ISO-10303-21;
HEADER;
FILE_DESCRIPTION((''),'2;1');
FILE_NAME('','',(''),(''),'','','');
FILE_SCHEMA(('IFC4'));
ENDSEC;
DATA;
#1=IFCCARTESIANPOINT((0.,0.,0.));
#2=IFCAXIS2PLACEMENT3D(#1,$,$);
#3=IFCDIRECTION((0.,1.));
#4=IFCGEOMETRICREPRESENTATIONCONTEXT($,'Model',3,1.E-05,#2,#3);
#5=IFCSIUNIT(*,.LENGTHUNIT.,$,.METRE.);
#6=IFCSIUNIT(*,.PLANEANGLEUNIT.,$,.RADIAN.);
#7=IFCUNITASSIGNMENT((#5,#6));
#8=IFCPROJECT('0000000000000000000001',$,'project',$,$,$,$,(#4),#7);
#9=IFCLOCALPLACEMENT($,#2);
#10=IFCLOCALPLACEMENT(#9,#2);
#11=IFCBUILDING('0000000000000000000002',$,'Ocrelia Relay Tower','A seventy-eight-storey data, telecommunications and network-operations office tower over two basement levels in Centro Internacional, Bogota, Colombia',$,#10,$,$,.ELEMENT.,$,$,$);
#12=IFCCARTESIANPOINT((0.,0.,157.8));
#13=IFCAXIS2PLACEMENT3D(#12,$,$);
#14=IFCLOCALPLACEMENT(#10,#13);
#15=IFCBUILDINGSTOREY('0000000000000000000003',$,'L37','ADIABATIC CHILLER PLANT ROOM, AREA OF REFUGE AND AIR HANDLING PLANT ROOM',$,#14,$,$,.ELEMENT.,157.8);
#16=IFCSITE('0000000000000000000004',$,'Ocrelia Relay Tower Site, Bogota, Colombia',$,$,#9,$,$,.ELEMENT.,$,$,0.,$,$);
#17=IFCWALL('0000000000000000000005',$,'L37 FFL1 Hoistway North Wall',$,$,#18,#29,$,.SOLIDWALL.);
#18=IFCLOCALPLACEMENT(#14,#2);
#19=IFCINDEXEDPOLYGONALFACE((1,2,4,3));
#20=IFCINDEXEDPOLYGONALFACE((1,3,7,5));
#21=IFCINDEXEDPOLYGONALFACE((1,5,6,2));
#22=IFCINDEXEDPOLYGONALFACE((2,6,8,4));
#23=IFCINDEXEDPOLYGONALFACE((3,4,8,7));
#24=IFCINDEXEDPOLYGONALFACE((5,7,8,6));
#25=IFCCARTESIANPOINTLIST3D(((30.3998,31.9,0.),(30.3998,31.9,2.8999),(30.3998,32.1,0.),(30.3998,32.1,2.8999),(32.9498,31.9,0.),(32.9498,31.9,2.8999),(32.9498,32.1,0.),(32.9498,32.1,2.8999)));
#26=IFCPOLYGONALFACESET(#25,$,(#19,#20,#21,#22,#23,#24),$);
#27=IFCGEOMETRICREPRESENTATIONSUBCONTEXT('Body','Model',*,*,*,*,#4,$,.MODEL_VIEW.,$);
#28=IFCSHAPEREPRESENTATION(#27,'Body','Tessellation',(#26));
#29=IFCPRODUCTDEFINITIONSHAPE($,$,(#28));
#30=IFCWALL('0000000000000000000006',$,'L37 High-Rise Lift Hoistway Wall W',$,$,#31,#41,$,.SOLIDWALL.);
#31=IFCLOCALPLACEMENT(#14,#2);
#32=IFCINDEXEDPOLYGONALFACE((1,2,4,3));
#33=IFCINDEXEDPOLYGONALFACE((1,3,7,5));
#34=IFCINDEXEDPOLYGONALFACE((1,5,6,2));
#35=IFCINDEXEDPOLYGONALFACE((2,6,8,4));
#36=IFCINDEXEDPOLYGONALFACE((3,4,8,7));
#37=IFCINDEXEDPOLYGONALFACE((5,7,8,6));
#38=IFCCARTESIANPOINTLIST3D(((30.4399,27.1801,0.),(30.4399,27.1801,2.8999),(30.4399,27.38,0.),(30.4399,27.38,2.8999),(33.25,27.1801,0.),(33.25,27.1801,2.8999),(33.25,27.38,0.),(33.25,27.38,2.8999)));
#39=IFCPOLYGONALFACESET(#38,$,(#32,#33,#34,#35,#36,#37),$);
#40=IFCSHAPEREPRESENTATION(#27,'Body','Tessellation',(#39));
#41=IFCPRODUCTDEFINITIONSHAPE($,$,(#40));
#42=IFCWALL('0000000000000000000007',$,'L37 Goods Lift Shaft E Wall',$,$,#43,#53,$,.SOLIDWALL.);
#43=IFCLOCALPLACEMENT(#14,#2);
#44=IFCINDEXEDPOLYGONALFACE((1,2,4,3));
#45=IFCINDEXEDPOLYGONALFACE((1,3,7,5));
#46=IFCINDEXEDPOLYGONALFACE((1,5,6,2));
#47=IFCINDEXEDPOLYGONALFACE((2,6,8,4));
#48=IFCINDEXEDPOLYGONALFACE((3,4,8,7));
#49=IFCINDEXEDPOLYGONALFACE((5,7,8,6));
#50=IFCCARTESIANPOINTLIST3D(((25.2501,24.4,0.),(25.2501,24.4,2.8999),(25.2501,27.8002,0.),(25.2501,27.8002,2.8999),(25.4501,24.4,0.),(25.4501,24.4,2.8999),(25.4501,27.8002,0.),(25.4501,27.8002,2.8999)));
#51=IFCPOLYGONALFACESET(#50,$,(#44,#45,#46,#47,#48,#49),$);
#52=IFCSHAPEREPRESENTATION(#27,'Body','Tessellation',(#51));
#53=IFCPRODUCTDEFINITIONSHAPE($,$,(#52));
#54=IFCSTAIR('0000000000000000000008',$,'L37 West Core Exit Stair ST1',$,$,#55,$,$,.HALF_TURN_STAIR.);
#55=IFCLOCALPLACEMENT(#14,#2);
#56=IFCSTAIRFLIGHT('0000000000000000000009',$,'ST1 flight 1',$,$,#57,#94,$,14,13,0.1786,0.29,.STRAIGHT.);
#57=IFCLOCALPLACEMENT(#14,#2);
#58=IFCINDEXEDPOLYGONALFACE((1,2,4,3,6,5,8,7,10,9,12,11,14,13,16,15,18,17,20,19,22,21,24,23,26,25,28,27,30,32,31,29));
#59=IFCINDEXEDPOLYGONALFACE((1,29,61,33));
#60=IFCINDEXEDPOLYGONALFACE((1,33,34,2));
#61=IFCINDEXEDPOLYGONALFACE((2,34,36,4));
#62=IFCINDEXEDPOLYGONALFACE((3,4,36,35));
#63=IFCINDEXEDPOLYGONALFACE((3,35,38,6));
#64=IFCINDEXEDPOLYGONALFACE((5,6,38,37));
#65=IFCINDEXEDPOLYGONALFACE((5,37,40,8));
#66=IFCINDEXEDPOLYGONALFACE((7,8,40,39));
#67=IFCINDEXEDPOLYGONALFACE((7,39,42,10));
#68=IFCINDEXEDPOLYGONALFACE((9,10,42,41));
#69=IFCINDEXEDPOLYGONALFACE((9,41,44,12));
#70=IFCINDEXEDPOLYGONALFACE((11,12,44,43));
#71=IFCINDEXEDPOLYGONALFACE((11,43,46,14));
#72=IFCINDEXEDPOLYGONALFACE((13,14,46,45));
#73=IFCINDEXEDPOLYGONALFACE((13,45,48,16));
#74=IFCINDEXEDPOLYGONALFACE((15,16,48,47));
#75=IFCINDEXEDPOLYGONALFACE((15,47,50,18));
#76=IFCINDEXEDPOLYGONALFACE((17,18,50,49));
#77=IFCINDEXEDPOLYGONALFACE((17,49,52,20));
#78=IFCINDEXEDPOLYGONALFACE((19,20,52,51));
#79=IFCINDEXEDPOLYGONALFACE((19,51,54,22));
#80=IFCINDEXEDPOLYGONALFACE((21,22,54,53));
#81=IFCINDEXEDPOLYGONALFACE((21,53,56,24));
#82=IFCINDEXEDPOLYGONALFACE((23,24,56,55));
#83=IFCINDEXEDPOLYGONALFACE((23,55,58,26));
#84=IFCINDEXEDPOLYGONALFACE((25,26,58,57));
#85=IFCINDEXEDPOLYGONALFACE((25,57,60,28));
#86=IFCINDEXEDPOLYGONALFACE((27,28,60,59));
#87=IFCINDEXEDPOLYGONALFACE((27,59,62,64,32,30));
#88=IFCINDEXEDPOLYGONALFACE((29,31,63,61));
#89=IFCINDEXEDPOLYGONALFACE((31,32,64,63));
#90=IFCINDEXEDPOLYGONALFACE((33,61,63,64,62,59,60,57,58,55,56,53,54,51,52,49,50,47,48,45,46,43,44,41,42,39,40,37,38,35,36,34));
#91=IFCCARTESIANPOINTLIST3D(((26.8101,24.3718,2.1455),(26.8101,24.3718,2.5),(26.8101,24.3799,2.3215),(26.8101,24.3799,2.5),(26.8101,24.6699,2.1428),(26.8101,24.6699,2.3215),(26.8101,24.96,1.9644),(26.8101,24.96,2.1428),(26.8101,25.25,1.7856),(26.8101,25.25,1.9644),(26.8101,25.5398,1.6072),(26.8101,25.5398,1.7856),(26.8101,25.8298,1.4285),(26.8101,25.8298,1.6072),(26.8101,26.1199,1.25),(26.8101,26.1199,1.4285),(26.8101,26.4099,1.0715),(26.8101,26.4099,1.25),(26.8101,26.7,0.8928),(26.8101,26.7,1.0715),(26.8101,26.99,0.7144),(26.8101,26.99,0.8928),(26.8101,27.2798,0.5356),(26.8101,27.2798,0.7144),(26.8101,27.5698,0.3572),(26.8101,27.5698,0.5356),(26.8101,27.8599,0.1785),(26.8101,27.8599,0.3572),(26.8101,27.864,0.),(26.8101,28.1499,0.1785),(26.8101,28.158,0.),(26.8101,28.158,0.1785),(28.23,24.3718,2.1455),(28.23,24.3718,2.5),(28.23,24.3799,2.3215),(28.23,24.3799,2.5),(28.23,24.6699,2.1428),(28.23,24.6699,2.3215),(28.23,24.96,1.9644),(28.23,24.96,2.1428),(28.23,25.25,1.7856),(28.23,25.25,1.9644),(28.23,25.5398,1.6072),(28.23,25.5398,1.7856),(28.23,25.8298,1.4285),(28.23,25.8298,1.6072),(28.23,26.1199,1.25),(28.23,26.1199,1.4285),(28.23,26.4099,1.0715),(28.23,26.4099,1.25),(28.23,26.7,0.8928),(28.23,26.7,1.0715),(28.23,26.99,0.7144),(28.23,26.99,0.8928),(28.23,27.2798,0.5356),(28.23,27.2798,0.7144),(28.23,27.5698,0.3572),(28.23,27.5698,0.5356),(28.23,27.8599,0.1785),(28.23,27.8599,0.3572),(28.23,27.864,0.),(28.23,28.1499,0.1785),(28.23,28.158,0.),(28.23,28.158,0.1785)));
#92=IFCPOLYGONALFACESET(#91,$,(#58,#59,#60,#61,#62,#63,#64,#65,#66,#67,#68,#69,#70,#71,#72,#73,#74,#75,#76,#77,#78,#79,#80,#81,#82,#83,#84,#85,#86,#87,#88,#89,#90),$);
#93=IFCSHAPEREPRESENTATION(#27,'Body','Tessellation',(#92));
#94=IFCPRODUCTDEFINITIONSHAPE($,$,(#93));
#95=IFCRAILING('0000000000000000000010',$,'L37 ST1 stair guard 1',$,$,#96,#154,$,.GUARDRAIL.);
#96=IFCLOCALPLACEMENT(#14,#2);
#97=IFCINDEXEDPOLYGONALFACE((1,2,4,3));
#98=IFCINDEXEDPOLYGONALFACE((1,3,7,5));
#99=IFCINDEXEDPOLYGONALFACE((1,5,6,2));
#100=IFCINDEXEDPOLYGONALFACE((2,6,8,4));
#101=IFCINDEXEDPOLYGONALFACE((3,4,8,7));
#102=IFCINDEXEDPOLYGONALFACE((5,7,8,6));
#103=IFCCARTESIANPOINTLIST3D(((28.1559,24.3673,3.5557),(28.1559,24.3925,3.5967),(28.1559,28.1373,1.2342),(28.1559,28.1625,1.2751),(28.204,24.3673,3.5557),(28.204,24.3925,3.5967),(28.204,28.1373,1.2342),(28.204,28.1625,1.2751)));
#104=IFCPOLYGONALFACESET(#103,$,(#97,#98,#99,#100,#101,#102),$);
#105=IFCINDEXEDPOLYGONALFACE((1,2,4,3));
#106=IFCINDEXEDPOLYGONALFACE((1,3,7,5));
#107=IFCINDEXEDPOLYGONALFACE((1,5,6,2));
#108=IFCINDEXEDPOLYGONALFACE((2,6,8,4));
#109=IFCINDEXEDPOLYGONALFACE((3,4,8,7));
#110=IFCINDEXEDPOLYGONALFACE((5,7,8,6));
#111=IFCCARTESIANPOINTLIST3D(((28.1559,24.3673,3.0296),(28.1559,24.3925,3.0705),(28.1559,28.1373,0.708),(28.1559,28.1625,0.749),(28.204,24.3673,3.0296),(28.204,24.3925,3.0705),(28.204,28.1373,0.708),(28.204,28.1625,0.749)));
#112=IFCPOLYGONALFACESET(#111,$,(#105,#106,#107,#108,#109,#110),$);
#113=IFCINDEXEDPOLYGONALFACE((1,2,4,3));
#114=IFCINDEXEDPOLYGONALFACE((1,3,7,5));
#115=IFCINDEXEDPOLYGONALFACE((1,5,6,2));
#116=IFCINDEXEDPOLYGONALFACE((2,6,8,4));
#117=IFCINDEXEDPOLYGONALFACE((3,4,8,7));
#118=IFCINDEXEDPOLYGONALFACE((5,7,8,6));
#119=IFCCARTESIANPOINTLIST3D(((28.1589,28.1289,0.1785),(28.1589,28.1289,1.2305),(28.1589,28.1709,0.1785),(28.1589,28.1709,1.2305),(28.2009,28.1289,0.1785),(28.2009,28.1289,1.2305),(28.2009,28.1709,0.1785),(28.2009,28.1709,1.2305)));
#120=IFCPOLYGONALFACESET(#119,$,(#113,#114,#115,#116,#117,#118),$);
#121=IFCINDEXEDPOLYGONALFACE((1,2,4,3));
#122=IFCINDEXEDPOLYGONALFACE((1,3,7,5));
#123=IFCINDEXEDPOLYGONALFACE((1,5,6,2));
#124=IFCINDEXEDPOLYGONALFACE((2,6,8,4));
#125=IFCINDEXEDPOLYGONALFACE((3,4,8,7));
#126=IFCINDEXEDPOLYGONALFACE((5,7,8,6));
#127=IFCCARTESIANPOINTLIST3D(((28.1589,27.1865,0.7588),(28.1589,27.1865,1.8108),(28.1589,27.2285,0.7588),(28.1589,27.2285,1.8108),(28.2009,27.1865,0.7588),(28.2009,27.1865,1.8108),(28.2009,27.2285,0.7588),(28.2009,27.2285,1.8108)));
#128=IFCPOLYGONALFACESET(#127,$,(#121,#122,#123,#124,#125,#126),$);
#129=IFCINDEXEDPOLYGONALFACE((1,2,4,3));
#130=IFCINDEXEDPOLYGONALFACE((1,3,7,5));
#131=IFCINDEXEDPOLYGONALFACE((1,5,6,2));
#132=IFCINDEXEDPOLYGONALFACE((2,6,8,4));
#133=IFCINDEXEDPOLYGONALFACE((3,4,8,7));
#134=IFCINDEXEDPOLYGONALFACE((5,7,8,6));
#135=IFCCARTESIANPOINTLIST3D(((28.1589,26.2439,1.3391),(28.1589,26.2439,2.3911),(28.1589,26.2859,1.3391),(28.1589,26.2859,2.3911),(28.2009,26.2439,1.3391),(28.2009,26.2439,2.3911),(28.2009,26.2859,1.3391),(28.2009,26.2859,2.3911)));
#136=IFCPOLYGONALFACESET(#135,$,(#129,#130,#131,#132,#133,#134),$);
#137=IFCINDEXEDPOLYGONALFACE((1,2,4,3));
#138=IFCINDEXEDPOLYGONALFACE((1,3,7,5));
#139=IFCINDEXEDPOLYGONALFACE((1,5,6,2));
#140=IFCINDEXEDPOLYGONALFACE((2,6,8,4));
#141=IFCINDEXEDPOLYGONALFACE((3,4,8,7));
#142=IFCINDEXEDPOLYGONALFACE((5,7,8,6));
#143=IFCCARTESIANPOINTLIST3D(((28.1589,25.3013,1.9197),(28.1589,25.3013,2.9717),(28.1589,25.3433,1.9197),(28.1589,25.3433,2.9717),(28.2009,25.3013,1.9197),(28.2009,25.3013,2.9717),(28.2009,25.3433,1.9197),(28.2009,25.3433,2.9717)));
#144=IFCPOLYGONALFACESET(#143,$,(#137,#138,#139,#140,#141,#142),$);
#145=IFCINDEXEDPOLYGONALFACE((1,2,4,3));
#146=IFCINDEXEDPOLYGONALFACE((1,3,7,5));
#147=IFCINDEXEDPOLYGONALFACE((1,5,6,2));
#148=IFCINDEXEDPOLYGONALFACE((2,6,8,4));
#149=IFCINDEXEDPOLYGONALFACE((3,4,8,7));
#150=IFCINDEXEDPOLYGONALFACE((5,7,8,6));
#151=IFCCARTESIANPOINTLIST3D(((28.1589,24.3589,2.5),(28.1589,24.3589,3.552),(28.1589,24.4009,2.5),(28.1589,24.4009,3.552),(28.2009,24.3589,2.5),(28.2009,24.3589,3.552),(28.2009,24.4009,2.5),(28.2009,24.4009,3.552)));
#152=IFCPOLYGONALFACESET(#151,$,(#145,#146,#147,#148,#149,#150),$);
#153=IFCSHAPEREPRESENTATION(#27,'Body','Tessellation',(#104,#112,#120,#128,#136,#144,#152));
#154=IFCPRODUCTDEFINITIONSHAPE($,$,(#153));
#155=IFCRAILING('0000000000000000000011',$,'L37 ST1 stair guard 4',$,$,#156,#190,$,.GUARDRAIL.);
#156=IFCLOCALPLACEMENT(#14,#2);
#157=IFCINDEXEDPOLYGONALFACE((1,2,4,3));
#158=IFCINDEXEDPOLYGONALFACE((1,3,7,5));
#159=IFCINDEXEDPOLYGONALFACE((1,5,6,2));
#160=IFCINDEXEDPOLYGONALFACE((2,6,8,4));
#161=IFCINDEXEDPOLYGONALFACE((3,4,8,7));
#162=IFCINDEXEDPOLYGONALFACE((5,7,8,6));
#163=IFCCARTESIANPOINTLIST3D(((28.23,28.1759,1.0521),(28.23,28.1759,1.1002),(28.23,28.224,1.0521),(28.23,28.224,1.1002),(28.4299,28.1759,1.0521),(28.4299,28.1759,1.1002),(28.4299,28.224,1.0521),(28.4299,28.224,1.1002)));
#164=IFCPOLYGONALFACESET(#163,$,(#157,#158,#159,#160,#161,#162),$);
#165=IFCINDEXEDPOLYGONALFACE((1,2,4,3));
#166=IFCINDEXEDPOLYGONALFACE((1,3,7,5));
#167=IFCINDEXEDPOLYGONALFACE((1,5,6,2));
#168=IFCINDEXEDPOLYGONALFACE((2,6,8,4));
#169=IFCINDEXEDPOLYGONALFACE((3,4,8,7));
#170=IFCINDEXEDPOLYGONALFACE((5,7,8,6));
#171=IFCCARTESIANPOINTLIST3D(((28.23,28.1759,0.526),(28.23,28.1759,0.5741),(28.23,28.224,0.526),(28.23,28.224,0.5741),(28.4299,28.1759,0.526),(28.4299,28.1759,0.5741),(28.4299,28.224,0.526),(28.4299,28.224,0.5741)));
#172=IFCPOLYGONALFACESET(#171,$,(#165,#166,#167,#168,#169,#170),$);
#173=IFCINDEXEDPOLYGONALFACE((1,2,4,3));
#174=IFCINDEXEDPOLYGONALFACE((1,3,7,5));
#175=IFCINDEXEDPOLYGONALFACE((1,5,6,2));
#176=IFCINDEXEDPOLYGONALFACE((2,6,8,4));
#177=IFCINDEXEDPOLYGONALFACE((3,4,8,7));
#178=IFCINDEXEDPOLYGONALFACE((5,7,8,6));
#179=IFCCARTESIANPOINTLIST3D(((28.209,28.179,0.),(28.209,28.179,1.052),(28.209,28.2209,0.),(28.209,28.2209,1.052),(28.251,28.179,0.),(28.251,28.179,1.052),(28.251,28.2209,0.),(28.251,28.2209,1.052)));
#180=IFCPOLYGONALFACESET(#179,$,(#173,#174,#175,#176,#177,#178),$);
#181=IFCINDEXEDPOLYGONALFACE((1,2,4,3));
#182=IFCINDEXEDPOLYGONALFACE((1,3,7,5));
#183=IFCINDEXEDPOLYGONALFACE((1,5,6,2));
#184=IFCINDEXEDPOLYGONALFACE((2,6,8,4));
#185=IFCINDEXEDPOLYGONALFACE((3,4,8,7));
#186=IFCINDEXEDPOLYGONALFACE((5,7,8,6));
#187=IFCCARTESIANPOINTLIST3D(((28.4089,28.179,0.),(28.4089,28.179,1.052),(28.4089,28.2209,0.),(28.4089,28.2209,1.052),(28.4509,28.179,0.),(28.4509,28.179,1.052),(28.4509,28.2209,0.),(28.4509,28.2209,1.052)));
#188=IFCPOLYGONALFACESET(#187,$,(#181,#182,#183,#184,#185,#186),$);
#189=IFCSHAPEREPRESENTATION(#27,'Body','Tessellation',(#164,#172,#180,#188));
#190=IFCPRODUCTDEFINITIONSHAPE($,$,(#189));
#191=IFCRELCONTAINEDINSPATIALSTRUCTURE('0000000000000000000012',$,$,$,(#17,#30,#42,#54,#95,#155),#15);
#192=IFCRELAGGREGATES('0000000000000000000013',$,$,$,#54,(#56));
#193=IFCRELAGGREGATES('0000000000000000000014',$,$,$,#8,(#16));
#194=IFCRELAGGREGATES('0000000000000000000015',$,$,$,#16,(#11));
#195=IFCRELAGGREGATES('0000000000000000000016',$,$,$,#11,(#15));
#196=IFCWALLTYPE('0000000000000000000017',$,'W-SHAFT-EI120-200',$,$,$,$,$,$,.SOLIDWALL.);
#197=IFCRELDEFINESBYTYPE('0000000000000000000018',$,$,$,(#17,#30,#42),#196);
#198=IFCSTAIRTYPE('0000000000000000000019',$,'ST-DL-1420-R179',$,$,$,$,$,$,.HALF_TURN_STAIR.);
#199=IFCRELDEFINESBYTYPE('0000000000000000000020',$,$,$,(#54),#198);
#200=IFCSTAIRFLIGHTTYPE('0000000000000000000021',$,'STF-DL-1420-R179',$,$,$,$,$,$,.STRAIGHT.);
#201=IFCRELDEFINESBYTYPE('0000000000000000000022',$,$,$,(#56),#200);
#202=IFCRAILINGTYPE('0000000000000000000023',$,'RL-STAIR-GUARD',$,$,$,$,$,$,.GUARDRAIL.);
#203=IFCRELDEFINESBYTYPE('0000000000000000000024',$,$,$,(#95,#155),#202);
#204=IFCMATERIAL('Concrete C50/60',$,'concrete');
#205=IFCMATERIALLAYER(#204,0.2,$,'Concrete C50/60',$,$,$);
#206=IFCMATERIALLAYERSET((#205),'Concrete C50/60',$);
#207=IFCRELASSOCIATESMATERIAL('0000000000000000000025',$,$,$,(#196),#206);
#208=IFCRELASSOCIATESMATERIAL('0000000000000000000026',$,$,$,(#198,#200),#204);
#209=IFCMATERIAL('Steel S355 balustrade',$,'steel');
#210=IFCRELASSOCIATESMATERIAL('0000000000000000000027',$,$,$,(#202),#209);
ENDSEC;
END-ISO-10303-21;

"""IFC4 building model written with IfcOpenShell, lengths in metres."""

from ifc_helpers import new_model, si_unit, direction, frame, frame_2d, origin, origin_2d, place, context, subcontext, project, spatial, polyline, rectangle, outline, extrude, material, layer, layer_set, type_object, element, aggregate, save


model = new_model("IFC4")

# Units and contexts
model_context = context("Model", 3, precision=1e-05, world=origin(), true_north=direction((0.0, 1.0)))
body_context = subcontext(model_context, "Body", "Model", "MODEL_VIEW")
ifc_project = project(units=[si_unit("LENGTHUNIT", "METRE"), si_unit("PLANEANGLEUNIT", "RADIAN")], contexts=[model_context])

# Site, building, storey
site_placement = place(None, origin())
site = spatial("IfcSite", under=ifc_project, at=site_placement, Name="Ocrelia Relay Tower Site, Bogota, Colombia", CompositionType="ELEMENT", RefElevation=0.0)
building_placement = place(site_placement, origin())
building = spatial("IfcBuilding", under=site, at=building_placement, Name="Ocrelia Relay Tower", Description="A seventy-eight-storey data, telecommunications and network-operations office tower over two basement levels in Centro Internacional, Bogota, Colombia", CompositionType="ELEMENT")
storey_placement = place(building_placement, frame((0.0, 0.0, 157.8)))
storey = spatial("IfcBuildingStorey", under=building, at=storey_placement, Name="L37", Description="ADIABATIC CHILLER PLANT ROOM, AREA OF REFUGE AND AIR HANDLING PLANT ROOM", CompositionType="ELEMENT", Elevation=157.8)

# Shared definitions
ifc_material_1 = material(Name="Concrete C50/60", Category="concrete")

# Walls
ifc_layer_1 = layer(ifc_material_1, 0.2, Name="Concrete C50/60")
ifc_layer_set_1 = layer_set([ifc_layer_1], Name="Concrete C50/60")
wall_type_1 = type_object("IfcWallType", Name="W-SHAFT-EI120-200", PredefinedType="SOLIDWALL", material=ifc_layer_set_1)
wall_1_placement = place(storey_placement, frame((30.3999, 32.0, 0.0), z_axis=(0.0, 0.0, 1.0), x_axis=(1.0, 0.0, 0.0)))
element("IfcWall", 1, at=wall_1_placement, inside=storey, type_object=wall_type_1, Name="L37 FFL1 Hoistway North Wall", PredefinedType="SOLIDWALL", context=body_context, shape_type="SweptSolid", body=[
    extrude(rectangle(XDim=2.55, YDim=0.2, at=frame_2d((1.2749, 0.0))), origin(), (0.0, 0.0, 1.0), 2.8999),
])
wall_2_placement = place(storey_placement, frame((30.4399, 27.28, 0.0), z_axis=(0.0, 0.0, 1.0), x_axis=(1.0, 0.0, 0.0)))
element("IfcWall", 2, at=wall_2_placement, inside=storey, type_object=wall_type_1, Name="L37 High-Rise Lift Hoistway Wall W", PredefinedType="SOLIDWALL", context=body_context, shape_type="SweptSolid", body=[
    extrude(rectangle(XDim=2.8101, YDim=0.2, at=frame_2d((1.405, 0.0))), origin(), (0.0, 0.0, 1.0), 2.8999),
])
wall_3_placement = place(storey_placement, frame((25.3501, 24.3999, 0.0), z_axis=(0.0, 0.0, 1.0), x_axis=(0.0, 1.0, 0.0)))
element("IfcWall", 3, at=wall_3_placement, inside=storey, type_object=wall_type_1, Name="L37 Goods Lift Shaft E Wall", PredefinedType="SOLIDWALL", context=body_context, shape_type="SweptSolid", body=[
    extrude(rectangle(XDim=3.4001, YDim=0.2, at=frame_2d((1.7002, 0.0))), origin(), (0.0, 0.0, 1.0), 2.8999),
])

# Stair, stair flight
stair_type = type_object("IfcStairType", Name="ST-DL-1420-R179", PredefinedType="HALF_TURN_STAIR", material=ifc_material_1)
stair_placement = place(storey_placement, origin())
stair = element("IfcStair", 4, at=stair_placement, inside=storey, type_object=stair_type, Name="L37 West Core Exit Stair ST1", PredefinedType="HALF_TURN_STAIR")
stair_flight_type = type_object("IfcStairFlightType", Name="STF-DL-1420-R179", PredefinedType="STRAIGHT", material=ifc_material_1)
stair_flight_placement = place(storey_placement, frame((27.52, 28.1499, 0.0), z_axis=(0.0, 0.0, 1.0), x_axis=(0.0, -1.0, 0.0)))
stair_flight = element("IfcStairFlight", 5, at=stair_flight_placement, type_object=stair_flight_type, Name="ST1 flight 1", NumberOfRisers=14, NumberOfTreads=13, PredefinedType="STRAIGHT", RiserHeight=0.1786, TreadLength=0.29, context=body_context, shape_type="SweptSolid", body=[
    extrude(outline(polyline([(-0.0081, 0.0), (-0.0081, 0.1785), (0.0, 0.1785), (0.29, 0.1785), (0.29, 0.3572), (0.5801, 0.3572), (0.5801, 0.5356), (0.8701, 0.5356), (0.8701, 0.7144), (1.1599, 0.7144), (1.1599, 0.8928), (1.45, 0.8928), (1.45, 1.0715), (1.74, 1.0715), (1.74, 1.25), (2.03, 1.25), (2.03, 1.4285), (2.3201, 1.4285), (2.3201, 1.6072), (2.6101, 1.6072), (2.6101, 1.7856), (2.8999, 1.7856), (2.8999, 1.9644), (3.1899, 1.9644), (3.1899, 2.1428), (3.48, 2.1428), (3.48, 2.3215), (3.77, 2.3215), (3.77, 2.5), (3.7781, 2.5), (3.7781, 2.1455), (0.2859, 0.0), (-0.0081, 0.0)])), frame((0.0, 0.71, 0.0), z_axis=(0.0, -1.0, 0.0), x_axis=(1.0, 0.0, 0.0)), (0.0, 0.0, 1.0), 1.4199),
])
aggregate(stair, [stair_flight])

# Railings
ifc_material_2 = material(Name="Steel S355 balustrade", Category="steel")
railing_type_1 = type_object("IfcRailingType", Name="RL-STAIR-GUARD", PredefinedType="GUARDRAIL", material=ifc_material_2)
railing_1_placement = place(storey_placement, frame((28.1799, 28.1499, 0.1785)))
element("IfcRailing", 6, at=railing_1_placement, inside=storey, type_object=railing_type_1, Name="L37 ST1 stair guard 1", PredefinedType="GUARDRAIL", context=body_context, shape_type="SweptSolid", body=[
    extrude(rectangle(XDim=0.0481, YDim=0.0481, at=origin_2d()), frame((0.0, 0.0, 1.0762), z_axis=(0.0, -0.851505, 0.524347), x_axis=(1.0, 0.0, 0.0)), (0.0, 0.0, 1.0), 4.4275),
    extrude(rectangle(XDim=0.0481, YDim=0.0481, at=origin_2d()), frame((0.0, 0.0, 0.55), z_axis=(0.0, -0.851505, 0.524347), x_axis=(1.0, 0.0, 0.0)), (0.0, 0.0, 1.0), 4.4275),
    extrude(rectangle(XDim=0.042, YDim=0.042, at=origin_2d()), origin(), (0.0, 0.0, 1.0), 1.052),
    extrude(rectangle(XDim=0.042, YDim=0.042, at=origin_2d()), frame((0.0, -0.9424, 0.5803)), (0.0, 0.0, 1.0), 1.052),
    extrude(rectangle(XDim=0.042, YDim=0.042, at=origin_2d()), frame((0.0, -1.885, 1.1606)), (0.0, 0.0, 1.0), 1.052),
    extrude(rectangle(XDim=0.042, YDim=0.042, at=origin_2d()), frame((0.0, -2.8276, 1.7412)), (0.0, 0.0, 1.0), 1.052),
    extrude(rectangle(XDim=0.042, YDim=0.042, at=origin_2d()), frame((0.0, -3.77, 2.3215)), (0.0, 0.0, 1.0), 1.052),
])
railing_2_placement = place(storey_placement, frame((28.23, 28.2, 0.0)))
element("IfcRailing", 7, at=railing_2_placement, inside=storey, type_object=railing_type_1, Name="L37 ST1 stair guard 4", PredefinedType="GUARDRAIL", context=body_context, shape_type="SweptSolid", body=[
    extrude(rectangle(XDim=0.0481, YDim=0.0481, at=origin_2d()), frame((0.0, 0.0, 1.0762), z_axis=(1.0, 0.0, 0.0), x_axis=(0.0, 1.0, 0.0)), (0.0, 0.0, 1.0), 0.2),
    extrude(rectangle(XDim=0.0481, YDim=0.0481, at=origin_2d()), frame((0.0, 0.0, 0.55), z_axis=(1.0, 0.0, 0.0), x_axis=(0.0, 1.0, 0.0)), (0.0, 0.0, 1.0), 0.2),
    extrude(rectangle(XDim=0.042, YDim=0.042, at=origin_2d()), origin(), (0.0, 0.0, 1.0), 1.052),
    extrude(rectangle(XDim=0.042, YDim=0.042, at=origin_2d()), frame((0.2, 0.0, 0.0)), (0.0, 0.0, 1.0), 1.052),
])

save(model, "model.ifc")
